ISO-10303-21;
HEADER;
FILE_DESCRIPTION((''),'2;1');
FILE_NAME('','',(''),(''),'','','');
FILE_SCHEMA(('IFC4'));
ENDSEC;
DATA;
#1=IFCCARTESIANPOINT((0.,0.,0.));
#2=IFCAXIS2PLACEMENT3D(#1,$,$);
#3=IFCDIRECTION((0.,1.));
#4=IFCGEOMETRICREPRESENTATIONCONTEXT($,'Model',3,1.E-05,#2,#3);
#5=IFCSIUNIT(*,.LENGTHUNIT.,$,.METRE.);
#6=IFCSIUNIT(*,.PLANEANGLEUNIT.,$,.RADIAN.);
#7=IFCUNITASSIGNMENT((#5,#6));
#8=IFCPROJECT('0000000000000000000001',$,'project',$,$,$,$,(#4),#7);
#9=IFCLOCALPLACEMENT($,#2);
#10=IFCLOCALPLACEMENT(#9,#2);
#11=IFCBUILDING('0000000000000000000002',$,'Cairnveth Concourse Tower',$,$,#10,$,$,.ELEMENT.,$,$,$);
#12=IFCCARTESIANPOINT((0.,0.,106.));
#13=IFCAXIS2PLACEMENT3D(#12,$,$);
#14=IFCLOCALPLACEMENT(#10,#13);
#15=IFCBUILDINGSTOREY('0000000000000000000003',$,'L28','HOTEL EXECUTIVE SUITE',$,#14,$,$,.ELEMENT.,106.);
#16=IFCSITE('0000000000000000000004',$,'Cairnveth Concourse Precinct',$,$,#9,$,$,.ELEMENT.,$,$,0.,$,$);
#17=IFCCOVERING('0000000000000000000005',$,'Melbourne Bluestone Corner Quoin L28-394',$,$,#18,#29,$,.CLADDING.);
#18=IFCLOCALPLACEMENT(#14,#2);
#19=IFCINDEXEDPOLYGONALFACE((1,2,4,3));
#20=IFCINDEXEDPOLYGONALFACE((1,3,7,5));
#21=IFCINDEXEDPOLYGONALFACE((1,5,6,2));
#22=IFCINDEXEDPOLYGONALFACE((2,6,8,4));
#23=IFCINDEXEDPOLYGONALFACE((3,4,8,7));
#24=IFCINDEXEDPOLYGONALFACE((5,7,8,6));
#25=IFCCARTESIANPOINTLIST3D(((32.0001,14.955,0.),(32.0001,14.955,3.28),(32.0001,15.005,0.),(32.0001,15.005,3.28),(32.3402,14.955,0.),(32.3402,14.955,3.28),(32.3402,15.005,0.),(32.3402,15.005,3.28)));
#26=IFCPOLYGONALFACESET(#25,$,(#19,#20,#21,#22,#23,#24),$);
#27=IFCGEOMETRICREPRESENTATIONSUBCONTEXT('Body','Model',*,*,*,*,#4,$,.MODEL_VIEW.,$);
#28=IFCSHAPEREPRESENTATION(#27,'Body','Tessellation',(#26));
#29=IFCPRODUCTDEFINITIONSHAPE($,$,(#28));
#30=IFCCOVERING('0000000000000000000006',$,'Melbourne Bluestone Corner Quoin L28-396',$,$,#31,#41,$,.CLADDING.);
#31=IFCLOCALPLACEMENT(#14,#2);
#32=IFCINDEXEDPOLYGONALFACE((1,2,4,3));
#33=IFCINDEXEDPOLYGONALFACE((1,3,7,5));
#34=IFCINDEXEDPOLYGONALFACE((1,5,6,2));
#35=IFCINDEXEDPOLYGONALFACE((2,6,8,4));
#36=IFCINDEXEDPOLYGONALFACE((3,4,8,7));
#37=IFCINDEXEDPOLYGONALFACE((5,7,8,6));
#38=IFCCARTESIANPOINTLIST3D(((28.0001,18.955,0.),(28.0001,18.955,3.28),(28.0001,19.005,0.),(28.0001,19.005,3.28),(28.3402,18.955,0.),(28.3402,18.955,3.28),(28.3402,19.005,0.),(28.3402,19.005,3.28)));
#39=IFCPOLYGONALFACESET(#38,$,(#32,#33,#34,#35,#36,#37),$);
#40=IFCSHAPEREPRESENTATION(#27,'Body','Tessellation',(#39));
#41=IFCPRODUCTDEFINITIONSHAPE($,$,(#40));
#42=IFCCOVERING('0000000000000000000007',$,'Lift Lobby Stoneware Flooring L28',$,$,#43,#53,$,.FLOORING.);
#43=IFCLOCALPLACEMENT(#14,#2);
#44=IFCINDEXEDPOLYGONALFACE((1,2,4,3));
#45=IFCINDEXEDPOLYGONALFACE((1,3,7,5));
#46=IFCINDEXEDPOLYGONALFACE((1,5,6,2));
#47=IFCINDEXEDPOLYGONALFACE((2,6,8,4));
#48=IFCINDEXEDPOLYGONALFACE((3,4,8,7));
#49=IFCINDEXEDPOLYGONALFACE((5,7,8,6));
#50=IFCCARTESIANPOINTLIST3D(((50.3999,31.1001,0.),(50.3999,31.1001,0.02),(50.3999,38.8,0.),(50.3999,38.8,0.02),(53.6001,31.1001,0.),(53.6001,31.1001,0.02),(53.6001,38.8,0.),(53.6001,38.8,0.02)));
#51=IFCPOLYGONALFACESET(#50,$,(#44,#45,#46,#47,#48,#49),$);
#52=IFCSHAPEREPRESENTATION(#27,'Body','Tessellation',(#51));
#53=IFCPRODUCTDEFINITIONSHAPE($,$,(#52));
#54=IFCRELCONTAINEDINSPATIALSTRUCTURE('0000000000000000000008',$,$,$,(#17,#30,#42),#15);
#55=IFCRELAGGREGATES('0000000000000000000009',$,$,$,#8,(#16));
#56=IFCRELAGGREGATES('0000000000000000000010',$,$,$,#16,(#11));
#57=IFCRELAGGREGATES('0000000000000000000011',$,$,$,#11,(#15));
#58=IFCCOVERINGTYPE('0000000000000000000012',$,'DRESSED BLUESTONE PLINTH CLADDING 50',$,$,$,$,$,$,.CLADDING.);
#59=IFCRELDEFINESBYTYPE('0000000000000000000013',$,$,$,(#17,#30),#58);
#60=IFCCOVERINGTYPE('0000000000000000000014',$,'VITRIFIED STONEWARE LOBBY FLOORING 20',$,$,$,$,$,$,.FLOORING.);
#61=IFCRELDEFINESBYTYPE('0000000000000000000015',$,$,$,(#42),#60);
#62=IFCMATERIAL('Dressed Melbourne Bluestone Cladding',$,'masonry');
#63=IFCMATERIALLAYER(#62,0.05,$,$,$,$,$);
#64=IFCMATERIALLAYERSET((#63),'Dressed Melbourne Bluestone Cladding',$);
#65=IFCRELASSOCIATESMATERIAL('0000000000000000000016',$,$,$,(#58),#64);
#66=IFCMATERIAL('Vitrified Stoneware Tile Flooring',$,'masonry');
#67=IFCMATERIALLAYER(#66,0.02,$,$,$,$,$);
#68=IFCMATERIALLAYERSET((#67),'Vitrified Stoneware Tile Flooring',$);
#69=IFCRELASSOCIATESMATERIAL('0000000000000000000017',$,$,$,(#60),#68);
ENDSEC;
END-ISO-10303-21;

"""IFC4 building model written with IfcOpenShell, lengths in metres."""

from ifc_helpers import new_model, si_unit, direction, frame, frame_2d, origin, place, context, subcontext, project, spatial, polyline, rectangle, outline, extrude, material, layer, layer_set, type_object, element, save


model = new_model("IFC4")

# Units and contexts
model_context = context("Model", 3, precision=1e-05, world=origin(), true_north=direction((0.0, 1.0)))
body_context = subcontext(model_context, "Body", "Model", "MODEL_VIEW")
ifc_project = project(units=[si_unit("LENGTHUNIT", "METRE"), si_unit("PLANEANGLEUNIT", "RADIAN")], contexts=[model_context])

# Site, building, storey
site_placement = place(None, origin())
site = spatial("IfcSite", under=ifc_project, at=site_placement, Name="Cairnveth Concourse Precinct", CompositionType="ELEMENT", RefElevation=0.0)
building_placement = place(site_placement, origin())
building = spatial("IfcBuilding", under=site, at=building_placement, Name="Cairnveth Concourse Tower", CompositionType="ELEMENT")
storey_placement = place(building_placement, frame((0.0, 0.0, 106.0)))
storey = spatial("IfcBuildingStorey", under=building, at=storey_placement, Name="L28", Description="HOTEL EXECUTIVE SUITE", CompositionType="ELEMENT", Elevation=106.0)

# Coverings
ifc_material_1 = material(Name="Dressed Melbourne Bluestone Cladding", Category="masonry")
ifc_layer_1 = layer(ifc_material_1, 0.05)
ifc_layer_set_1 = layer_set([ifc_layer_1], Name="Dressed Melbourne Bluestone Cladding")
covering_type_1 = type_object("IfcCoveringType", Name="DRESSED BLUESTONE PLINTH CLADDING 50", PredefinedType="CLADDING", material=ifc_layer_set_1)
for number, where, z_axis, x_axis, name in (
    (1, (32.3401, 14.98, 0.0), (0.0, 0.0, 1.0), (-1.0, 0.0, 0.0), "Melbourne Bluestone Corner Quoin L28-394"),
    (2, (28.3401, 18.98, 0.0), (0.0, 0.0, 1.0), (-1.0, 0.0, 0.0), "Melbourne Bluestone Corner Quoin L28-396"),
):
    element("IfcCovering", number, at=place(storey_placement, frame(where, z_axis=z_axis, x_axis=x_axis)), inside=storey, type_object=covering_type_1, Name=name, PredefinedType="CLADDING", context=body_context, shape_type="SweptSolid", body=[
        extrude(rectangle(XDim=0.3401, YDim=0.05, at=frame_2d((0.1699, 0.0))), origin(), (0.0, 0.0, 1.0), 3.28),
    ])
ifc_material_2 = material(Name="Vitrified Stoneware Tile Flooring", Category="masonry")
ifc_layer_2 = layer(ifc_material_2, 0.02)
ifc_layer_set_2 = layer_set([ifc_layer_2], Name="Vitrified Stoneware Tile Flooring")
covering_type_2 = type_object("IfcCoveringType", Name="VITRIFIED STONEWARE LOBBY FLOORING 20", PredefinedType="FLOORING", material=ifc_layer_set_2)
covering_1_placement = place(storey_placement, origin())
element("IfcCovering", 3, at=covering_1_placement, inside=storey, type_object=covering_type_2, Name="Lift Lobby Stoneware Flooring L28", PredefinedType="FLOORING", context=body_context, shape_type="SweptSolid", body=[
    extrude(outline(polyline([(50.3999, 31.1001), (53.6001, 31.1001), (53.6001, 38.8), (50.3999, 38.8), (50.3999, 31.1001)])), origin(), (0.0, 0.0, 1.0), 0.02),
])

save(model, "model.ifc")
